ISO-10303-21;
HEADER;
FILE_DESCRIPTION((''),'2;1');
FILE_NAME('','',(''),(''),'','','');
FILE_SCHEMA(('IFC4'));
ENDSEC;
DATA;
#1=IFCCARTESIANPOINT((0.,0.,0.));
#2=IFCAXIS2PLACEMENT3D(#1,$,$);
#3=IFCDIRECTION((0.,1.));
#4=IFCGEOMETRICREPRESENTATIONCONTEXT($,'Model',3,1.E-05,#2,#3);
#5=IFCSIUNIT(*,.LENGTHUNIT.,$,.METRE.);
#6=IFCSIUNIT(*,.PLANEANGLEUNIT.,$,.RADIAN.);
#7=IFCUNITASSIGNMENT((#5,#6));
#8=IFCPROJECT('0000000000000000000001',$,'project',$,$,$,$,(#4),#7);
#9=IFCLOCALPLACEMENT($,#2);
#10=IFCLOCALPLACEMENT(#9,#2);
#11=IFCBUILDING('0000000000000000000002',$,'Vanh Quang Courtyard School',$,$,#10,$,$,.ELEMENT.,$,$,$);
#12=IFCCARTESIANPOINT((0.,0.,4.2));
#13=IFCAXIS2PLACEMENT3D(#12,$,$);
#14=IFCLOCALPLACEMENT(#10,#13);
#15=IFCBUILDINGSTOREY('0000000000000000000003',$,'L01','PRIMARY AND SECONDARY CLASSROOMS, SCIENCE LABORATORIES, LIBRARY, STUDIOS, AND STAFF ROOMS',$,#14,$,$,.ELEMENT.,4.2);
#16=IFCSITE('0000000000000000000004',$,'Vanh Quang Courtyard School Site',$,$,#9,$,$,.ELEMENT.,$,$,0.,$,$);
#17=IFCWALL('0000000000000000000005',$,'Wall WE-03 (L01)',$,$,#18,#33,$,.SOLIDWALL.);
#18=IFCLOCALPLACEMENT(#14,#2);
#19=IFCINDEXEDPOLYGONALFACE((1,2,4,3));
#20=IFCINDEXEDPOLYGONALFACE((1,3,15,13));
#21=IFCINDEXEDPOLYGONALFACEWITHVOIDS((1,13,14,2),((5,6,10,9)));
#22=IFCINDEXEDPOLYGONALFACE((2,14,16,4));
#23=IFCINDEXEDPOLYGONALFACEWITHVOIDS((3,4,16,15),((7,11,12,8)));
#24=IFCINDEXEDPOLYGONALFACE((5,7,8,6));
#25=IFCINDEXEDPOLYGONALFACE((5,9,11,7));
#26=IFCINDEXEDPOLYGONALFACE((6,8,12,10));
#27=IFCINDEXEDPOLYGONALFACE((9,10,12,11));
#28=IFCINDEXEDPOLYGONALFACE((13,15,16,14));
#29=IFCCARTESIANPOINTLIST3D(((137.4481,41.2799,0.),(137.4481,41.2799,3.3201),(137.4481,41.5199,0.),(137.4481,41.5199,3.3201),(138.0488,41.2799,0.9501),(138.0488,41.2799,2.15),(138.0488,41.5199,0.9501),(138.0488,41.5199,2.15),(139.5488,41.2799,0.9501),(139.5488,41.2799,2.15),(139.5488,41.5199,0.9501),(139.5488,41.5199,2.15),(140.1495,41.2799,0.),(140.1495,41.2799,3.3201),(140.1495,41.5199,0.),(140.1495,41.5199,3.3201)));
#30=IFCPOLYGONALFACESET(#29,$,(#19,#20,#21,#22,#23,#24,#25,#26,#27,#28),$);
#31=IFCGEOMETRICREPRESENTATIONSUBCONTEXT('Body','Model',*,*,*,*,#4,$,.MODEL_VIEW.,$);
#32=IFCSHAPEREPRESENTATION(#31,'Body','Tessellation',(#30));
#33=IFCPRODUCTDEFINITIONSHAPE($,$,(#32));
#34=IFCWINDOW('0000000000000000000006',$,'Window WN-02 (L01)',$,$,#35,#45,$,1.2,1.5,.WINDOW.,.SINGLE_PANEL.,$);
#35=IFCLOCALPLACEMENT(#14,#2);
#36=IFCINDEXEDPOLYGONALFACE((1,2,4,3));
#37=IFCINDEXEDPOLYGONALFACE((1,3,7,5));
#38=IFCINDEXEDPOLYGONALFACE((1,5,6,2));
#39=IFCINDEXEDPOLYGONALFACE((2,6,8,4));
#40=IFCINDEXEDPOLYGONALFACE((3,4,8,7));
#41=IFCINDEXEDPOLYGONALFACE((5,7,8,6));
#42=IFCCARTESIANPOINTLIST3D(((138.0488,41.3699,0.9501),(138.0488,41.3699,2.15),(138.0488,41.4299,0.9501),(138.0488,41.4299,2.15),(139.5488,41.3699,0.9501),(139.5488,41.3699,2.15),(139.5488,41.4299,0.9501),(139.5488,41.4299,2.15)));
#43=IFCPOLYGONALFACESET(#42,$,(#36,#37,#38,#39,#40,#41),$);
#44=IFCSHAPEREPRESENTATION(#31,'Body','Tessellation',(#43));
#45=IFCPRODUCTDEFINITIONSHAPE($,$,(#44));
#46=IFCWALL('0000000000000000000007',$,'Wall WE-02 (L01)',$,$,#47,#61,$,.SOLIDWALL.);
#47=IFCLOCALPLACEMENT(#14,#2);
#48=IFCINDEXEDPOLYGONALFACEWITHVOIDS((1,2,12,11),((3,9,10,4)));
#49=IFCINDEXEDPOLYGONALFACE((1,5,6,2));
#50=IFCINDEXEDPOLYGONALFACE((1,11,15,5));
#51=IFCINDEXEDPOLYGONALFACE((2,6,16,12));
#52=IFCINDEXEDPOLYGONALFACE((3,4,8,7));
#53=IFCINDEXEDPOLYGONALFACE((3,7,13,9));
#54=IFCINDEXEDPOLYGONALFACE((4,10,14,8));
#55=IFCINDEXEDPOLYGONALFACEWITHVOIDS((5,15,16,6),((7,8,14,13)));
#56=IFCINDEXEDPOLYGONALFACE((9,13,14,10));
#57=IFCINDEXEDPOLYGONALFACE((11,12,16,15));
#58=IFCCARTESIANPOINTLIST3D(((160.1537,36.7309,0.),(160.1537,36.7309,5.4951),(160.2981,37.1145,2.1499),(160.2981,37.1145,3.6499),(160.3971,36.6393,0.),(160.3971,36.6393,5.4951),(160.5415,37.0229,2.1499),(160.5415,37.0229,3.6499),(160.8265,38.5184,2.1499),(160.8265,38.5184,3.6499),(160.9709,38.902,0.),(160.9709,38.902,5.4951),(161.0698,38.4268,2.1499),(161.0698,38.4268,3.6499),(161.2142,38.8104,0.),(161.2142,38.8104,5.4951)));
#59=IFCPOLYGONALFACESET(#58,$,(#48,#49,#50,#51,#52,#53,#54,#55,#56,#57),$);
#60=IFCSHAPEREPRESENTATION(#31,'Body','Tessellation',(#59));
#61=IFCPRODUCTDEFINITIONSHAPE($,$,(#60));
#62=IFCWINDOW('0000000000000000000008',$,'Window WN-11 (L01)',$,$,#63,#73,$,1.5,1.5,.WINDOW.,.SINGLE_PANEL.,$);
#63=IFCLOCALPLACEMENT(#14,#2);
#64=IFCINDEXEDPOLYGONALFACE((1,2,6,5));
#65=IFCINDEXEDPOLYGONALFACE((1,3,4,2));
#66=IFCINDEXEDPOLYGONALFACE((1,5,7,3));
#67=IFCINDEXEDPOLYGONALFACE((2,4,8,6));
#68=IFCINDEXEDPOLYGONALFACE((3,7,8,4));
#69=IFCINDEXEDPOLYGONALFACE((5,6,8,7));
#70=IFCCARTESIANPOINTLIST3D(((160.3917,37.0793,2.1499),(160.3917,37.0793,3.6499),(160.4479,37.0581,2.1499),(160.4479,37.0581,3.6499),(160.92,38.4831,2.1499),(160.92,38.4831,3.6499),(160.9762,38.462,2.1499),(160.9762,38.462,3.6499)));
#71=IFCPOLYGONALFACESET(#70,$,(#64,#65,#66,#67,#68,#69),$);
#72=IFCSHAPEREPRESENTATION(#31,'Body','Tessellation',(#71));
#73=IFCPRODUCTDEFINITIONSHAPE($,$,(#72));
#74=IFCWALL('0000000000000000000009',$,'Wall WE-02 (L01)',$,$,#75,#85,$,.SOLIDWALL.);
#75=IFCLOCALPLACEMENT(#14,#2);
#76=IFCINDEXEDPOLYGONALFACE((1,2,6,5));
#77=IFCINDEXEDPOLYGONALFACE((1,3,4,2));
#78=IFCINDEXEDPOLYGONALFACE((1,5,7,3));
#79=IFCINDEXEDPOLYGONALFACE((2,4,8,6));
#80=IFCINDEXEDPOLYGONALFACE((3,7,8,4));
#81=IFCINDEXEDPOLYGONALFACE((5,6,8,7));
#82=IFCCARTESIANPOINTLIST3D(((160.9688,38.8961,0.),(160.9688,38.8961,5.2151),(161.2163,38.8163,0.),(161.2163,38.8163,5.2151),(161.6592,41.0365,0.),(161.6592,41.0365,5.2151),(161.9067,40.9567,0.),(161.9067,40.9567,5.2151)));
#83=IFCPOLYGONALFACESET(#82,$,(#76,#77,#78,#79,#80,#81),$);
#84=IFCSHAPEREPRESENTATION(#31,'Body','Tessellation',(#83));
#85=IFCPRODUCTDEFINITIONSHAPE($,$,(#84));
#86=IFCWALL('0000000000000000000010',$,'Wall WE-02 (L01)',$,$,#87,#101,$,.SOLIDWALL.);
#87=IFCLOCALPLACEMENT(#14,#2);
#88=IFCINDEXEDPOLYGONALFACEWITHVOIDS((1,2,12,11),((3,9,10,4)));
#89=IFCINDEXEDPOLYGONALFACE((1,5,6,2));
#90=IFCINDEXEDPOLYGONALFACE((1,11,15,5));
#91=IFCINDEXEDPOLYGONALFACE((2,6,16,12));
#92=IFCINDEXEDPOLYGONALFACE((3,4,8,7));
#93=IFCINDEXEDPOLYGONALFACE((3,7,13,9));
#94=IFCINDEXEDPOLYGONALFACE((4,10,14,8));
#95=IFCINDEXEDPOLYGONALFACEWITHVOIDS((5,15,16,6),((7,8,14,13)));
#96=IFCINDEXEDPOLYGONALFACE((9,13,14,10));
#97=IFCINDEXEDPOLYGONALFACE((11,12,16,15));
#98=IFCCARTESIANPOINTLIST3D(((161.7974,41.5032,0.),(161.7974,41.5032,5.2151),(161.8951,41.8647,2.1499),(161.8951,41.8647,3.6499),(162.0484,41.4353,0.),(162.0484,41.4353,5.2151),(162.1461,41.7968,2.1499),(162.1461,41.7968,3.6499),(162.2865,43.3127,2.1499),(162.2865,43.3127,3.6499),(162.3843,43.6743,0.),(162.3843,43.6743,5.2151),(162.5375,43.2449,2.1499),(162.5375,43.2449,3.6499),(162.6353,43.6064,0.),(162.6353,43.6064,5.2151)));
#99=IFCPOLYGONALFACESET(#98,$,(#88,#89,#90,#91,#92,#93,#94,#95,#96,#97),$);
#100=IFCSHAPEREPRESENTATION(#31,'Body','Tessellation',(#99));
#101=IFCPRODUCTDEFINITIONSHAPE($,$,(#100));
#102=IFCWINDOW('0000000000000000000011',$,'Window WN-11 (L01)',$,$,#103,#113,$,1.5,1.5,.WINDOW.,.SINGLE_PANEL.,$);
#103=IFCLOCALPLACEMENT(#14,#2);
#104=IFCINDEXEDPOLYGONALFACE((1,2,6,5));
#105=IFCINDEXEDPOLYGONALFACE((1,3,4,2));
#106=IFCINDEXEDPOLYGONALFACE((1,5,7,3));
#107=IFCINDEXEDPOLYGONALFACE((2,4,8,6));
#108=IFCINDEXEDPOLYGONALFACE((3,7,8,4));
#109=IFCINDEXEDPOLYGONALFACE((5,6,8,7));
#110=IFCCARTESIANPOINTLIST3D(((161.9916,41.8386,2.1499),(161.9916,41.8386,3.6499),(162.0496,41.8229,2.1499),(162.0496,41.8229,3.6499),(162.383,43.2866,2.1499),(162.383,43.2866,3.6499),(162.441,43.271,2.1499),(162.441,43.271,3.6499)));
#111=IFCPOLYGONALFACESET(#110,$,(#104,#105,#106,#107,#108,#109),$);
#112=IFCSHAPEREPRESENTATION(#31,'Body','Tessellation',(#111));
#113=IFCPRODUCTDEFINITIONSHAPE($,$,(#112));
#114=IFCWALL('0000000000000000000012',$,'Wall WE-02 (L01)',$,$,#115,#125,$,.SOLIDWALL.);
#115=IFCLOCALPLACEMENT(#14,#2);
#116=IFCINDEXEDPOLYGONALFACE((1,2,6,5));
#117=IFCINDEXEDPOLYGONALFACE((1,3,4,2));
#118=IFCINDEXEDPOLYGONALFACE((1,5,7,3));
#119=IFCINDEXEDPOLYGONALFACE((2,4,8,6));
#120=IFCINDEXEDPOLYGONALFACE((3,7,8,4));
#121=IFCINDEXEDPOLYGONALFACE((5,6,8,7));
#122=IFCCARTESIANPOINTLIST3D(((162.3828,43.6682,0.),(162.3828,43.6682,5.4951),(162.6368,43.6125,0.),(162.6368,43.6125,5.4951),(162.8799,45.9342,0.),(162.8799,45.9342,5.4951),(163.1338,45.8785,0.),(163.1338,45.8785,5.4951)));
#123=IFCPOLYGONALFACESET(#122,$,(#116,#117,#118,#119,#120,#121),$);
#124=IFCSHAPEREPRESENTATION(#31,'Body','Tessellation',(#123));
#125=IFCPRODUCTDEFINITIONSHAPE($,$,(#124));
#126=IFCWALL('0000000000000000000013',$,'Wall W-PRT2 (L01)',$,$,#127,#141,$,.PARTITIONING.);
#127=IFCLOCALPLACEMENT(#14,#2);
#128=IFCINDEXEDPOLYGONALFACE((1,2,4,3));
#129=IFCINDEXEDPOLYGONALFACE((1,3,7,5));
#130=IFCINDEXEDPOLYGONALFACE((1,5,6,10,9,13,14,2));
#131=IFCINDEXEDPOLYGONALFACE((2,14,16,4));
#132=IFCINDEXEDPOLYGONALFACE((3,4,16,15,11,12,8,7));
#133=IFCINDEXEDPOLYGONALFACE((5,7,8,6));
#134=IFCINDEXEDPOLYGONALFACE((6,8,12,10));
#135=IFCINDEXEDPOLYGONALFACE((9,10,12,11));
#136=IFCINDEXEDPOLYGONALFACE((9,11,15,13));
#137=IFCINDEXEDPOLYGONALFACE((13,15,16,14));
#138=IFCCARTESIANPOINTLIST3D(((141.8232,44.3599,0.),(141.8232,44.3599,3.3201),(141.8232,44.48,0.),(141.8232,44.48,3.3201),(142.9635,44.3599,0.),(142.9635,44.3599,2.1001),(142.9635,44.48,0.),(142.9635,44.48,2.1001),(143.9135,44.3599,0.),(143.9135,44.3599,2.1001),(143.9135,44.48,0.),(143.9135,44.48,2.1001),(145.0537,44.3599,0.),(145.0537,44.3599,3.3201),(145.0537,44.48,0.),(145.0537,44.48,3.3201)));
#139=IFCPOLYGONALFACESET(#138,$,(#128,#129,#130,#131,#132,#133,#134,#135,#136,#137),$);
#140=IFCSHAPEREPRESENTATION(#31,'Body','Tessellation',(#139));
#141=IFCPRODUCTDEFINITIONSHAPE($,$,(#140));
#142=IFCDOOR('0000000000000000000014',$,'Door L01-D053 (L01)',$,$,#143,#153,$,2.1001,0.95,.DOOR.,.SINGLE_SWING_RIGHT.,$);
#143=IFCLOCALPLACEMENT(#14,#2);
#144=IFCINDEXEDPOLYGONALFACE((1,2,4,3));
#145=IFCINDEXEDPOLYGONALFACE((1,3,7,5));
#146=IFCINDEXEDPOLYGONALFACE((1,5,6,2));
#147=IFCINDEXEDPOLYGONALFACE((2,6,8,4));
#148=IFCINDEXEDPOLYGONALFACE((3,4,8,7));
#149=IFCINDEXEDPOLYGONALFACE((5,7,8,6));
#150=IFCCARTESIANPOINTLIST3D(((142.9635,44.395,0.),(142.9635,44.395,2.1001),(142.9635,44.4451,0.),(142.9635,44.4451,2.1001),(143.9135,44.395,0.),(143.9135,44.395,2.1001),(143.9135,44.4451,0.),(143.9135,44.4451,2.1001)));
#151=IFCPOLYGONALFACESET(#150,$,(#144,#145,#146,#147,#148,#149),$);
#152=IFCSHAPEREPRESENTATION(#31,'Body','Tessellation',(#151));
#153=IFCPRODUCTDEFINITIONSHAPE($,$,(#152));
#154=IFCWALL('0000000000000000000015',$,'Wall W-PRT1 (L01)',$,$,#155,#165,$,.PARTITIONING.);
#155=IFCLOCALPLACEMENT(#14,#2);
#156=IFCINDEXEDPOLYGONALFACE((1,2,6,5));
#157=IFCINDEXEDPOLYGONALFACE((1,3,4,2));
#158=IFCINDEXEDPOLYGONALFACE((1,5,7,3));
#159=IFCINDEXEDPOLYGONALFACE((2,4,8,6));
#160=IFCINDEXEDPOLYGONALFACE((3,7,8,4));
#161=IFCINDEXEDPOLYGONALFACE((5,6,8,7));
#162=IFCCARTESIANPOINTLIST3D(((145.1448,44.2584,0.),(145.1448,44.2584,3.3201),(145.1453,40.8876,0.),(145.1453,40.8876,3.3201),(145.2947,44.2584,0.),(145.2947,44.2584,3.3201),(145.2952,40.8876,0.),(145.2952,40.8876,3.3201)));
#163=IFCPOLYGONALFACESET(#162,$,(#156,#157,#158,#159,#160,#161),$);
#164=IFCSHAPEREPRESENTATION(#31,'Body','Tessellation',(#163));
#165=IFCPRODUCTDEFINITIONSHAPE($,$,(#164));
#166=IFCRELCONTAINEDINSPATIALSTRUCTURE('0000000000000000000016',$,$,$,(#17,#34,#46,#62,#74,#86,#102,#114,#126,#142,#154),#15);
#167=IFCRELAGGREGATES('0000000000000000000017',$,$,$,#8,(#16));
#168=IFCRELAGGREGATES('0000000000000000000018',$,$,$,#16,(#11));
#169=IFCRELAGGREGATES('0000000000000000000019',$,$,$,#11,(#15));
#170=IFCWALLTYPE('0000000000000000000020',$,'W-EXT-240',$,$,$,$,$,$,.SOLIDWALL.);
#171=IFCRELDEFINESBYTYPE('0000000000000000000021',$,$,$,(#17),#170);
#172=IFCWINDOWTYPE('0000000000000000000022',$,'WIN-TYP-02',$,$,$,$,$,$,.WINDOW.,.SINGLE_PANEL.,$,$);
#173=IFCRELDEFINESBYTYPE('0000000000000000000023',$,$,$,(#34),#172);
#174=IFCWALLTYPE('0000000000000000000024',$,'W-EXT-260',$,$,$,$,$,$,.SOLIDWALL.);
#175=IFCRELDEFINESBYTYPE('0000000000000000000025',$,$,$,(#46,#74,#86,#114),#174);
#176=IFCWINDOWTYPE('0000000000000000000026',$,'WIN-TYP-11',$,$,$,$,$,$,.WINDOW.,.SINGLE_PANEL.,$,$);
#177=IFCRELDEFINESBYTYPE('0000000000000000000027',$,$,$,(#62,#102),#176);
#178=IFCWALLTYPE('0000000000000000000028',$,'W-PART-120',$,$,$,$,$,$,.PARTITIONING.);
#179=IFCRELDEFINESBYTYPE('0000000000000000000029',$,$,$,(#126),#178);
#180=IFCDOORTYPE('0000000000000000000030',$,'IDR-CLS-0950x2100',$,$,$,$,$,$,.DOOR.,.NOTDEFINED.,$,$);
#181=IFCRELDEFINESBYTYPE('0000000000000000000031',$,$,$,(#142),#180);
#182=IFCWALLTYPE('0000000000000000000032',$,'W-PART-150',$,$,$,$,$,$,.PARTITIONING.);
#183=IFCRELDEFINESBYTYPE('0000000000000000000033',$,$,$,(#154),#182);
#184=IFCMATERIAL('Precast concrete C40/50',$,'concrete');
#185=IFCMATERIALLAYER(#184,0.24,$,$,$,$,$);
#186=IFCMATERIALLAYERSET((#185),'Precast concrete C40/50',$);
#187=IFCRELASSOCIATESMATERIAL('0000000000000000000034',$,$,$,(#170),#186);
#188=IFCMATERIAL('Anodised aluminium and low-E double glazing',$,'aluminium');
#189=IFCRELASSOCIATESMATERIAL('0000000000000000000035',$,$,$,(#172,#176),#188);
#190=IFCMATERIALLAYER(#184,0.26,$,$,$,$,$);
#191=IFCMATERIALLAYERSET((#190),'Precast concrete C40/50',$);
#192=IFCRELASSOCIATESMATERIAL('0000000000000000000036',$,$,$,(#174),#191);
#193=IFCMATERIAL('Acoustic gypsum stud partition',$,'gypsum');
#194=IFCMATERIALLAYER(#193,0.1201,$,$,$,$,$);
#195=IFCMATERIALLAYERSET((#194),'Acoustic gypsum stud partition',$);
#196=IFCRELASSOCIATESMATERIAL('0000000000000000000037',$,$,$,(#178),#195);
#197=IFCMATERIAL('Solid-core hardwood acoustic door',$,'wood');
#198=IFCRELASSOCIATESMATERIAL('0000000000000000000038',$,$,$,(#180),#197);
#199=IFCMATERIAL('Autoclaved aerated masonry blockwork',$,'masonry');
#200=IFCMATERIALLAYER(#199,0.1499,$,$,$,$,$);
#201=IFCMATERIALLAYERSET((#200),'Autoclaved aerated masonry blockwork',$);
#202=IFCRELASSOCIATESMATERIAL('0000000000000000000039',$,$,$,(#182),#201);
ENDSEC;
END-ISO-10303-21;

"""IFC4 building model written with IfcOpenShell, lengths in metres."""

from ifc_helpers import new_model, si_unit, direction, frame, frame_2d, origin, place, context, subcontext, project, spatial, rectangle, extrude, material, layer, layer_set, type_object, element, fill, save


model = new_model("IFC4")

# Units and contexts
model_context = context("Model", 3, precision=1e-05, world=origin(), true_north=direction((0.0, 1.0)))
body_context = subcontext(model_context, "Body", "Model", "MODEL_VIEW")
ifc_project = project(units=[si_unit("LENGTHUNIT", "METRE"), si_unit("PLANEANGLEUNIT", "RADIAN")], contexts=[model_context])

# Site, building, storey
site_placement = place(None, origin())
site = spatial("IfcSite", under=ifc_project, at=site_placement, Name="Vanh Quang Courtyard School Site", CompositionType="ELEMENT", RefElevation=0.0)
building_placement = place(site_placement, origin())
building = spatial("IfcBuilding", under=site, at=building_placement, Name="Vanh Quang Courtyard School", CompositionType="ELEMENT")
storey_placement = place(building_placement, frame((0.0, 0.0, 4.2)))
storey = spatial("IfcBuildingStorey", under=building, at=storey_placement, Name="L01", Description="PRIMARY AND SECONDARY CLASSROOMS, SCIENCE LABORATORIES, LIBRARY, STUDIOS, AND STAFF ROOMS", CompositionType="ELEMENT", Elevation=4.2)

# Shared definitions
ifc_material_1 = material(Name="Precast concrete C40/50", Category="concrete")
ifc_layer_1 = layer(ifc_material_1, 0.24)
ifc_layer_set_1 = layer_set([ifc_layer_1], Name="Precast concrete C40/50")
wall_type_1 = type_object("IfcWallType", Name="W-EXT-240", PredefinedType="SOLIDWALL", material=ifc_layer_set_1)

# Walls, openings, windows
wall_1_placement = place(storey_placement, frame((140.1494, 41.3999, 0.0), z_axis=(0.0, 0.0, 1.0), x_axis=(-1.0, 0.0, 0.0)))
wall_1 = element("IfcWall", 1, at=wall_1_placement, inside=storey, type_object=wall_type_1, Name="Wall WE-03 (L01)", PredefinedType="SOLIDWALL", context=body_context, shape_type="SweptSolid", body=[
    extrude(rectangle(XDim=2.7014, YDim=0.24, at=frame_2d((1.3506, 0.0))), origin(), (0.0, 0.0, 1.0), 3.3201),
])
opening_1_placement = place(wall_1_placement, frame((0.6006, 0.0, 0.95)))
opening_1 = element("IfcOpeningElement", 2, at=opening_1_placement, cuts=wall_1, PredefinedType="OPENING", context=body_context, shape_type="SweptSolid", body=[
    extrude(rectangle(XDim=1.5, YDim=1.2, at=frame_2d((0.75, 0.6001))), frame((0.0, 0.1299, 0.0), z_axis=(0.0, -1.0, 0.0), x_axis=(1.0, 0.0, 0.0)), (0.0, 0.0, 1.0), 0.26),
])
ifc_material_2 = material(Name="Anodised aluminium and low-E double glazing", Category="aluminium")
window_type_1 = type_object("IfcWindowType", Name="WIN-TYP-02", PartitioningType="SINGLE_PANEL", PredefinedType="WINDOW", material=ifc_material_2)
window_1_placement = place(opening_1_placement, origin())
window_1 = element("IfcWindow", 3, at=window_1_placement, inside=storey, type_object=window_type_1, Name="Window WN-02 (L01)", OverallHeight=1.2, OverallWidth=1.5, PartitioningType="SINGLE_PANEL", PredefinedType="WINDOW", context=body_context, shape_type="SweptSolid", body=[
    extrude(rectangle(XDim=1.5, YDim=1.2, at=frame_2d((0.75, 0.6001))), frame((0.0, 0.03, 0.0), z_axis=(0.0, -1.0, 0.0), x_axis=(1.0, 0.0, 0.0)), (0.0, 0.0, 1.0), 0.0601),
])
fill(opening_1, window_1)
ifc_layer_2 = layer(ifc_material_1, 0.26)
ifc_layer_set_2 = layer_set([ifc_layer_2], Name="Precast concrete C40/50")
wall_type_2 = type_object("IfcWallType", Name="W-EXT-260", PredefinedType="SOLIDWALL", material=ifc_layer_set_2)
wall_2_placement = place(storey_placement, frame((160.2754, 36.6851, 0.0), z_axis=(0.0, 0.0, 1.0), x_axis=(0.352242, 0.935909, 0.0)))
wall_2 = element("IfcWall", 4, at=wall_2_placement, inside=storey, type_object=wall_type_2, Name="Wall WE-02 (L01)", PredefinedType="SOLIDWALL", context=body_context, shape_type="SweptSolid", body=[
    extrude(rectangle(XDim=2.3198, YDim=0.26, at=frame_2d((1.1599, 0.0))), origin(), (0.0, 0.0, 1.0), 5.4951),
])
opening_2_placement = place(wall_2_placement, frame((0.4099, 0.0, 2.1499)))
opening_2 = element("IfcOpeningElement", 5, at=opening_2_placement, cuts=wall_2, PredefinedType="OPENING", context=body_context, shape_type="SweptSolid", body=[
    extrude(rectangle(XDim=1.5, YDim=1.5, at=frame_2d((0.75, 0.75))), frame((0.0, 0.1401, 0.0), z_axis=(0.0, -1.0, 0.0), x_axis=(1.0, 0.0, 0.0)), (0.0, 0.0, 1.0), 0.28),
])
window_type_2 = type_object("IfcWindowType", Name="WIN-TYP-11", PartitioningType="SINGLE_PANEL", PredefinedType="WINDOW", material=ifc_material_2)
window_2_placement = place(opening_2_placement, origin())
window_2 = element("IfcWindow", 6, at=window_2_placement, inside=storey, type_object=window_type_2, Name="Window WN-11 (L01)", OverallHeight=1.5, OverallWidth=1.5, PartitioningType="SINGLE_PANEL", PredefinedType="WINDOW", context=body_context, shape_type="SweptSolid", body=[
    extrude(rectangle(XDim=1.5, YDim=1.5, at=frame_2d((0.75, 0.75))), frame((0.0, 0.03, 0.0), z_axis=(0.0, -1.0, 0.0), x_axis=(1.0, 0.0, 0.0)), (0.0, 0.0, 1.0), 0.0601),
])
fill(opening_2, window_2)

# Wall
wall_3_placement = place(storey_placement, frame((161.0925, 38.8562, 0.0), z_axis=(0.0, 0.0, 1.0), x_axis=(0.306996, 0.951711, 0.0)))
element("IfcWall", 7, at=wall_3_placement, inside=storey, type_object=wall_type_2, Name="Wall WE-02 (L01)", PredefinedType="SOLIDWALL", context=body_context, shape_type="SweptSolid", body=[
    extrude(rectangle(XDim=2.249, YDim=0.26, at=frame_2d((1.1245, 0.0))), origin(), (0.0, 0.0, 1.0), 5.2151),
])

# Wall, opening, window
wall_4_placement = place(storey_placement, frame((161.9229, 41.4692, 0.0), z_axis=(0.0, 0.0, 1.0), x_axis=(0.260958, 0.96535, 0.0)))
wall_4 = element("IfcWall", 8, at=wall_4_placement, inside=storey, type_object=wall_type_2, Name="Wall WE-02 (L01)", PredefinedType="SOLIDWALL", context=body_context, shape_type="SweptSolid", body=[
    extrude(rectangle(XDim=2.249, YDim=0.26, at=frame_2d((1.1245, 0.0))), origin(), (0.0, 0.0, 1.0), 5.2151),
])
opening_3_placement = place(wall_4_placement, frame((0.3745, 0.0, 2.1499)))
opening_3 = element("IfcOpeningElement", 9, at=opening_3_placement, cuts=wall_4, PredefinedType="OPENING", context=body_context, shape_type="SweptSolid", body=[
    extrude(rectangle(XDim=1.5, YDim=1.5, at=frame_2d((0.75, 0.75))), frame((0.0, 0.1401, 0.0), z_axis=(0.0, -1.0, 0.0), x_axis=(1.0, 0.0, 0.0)), (0.0, 0.0, 1.0), 0.28),
])
window_3_placement = place(opening_3_placement, origin())
window_3 = element("IfcWindow", 10, at=window_3_placement, inside=storey, type_object=window_type_2, Name="Window WN-11 (L01)", OverallHeight=1.5, OverallWidth=1.5, PartitioningType="SINGLE_PANEL", PredefinedType="WINDOW", context=body_context, shape_type="SweptSolid", body=[
    extrude(rectangle(XDim=1.5, YDim=1.5, at=frame_2d((0.75, 0.75))), frame((0.0, 0.03, 0.0), z_axis=(0.0, -1.0, 0.0), x_axis=(1.0, 0.0, 0.0)), (0.0, 0.0, 1.0), 0.0601),
])
fill(opening_3, window_3)

# Wall
wall_5_placement = place(storey_placement, frame((162.5098, 43.6404, 0.0), z_axis=(0.0, 0.0, 1.0), x_axis=(0.214277, 0.976773, 0.0)))
element("IfcWall", 11, at=wall_5_placement, inside=storey, type_object=wall_type_2, Name="Wall WE-02 (L01)", PredefinedType="SOLIDWALL", context=body_context, shape_type="SweptSolid", body=[
    extrude(rectangle(XDim=2.3198, YDim=0.26, at=frame_2d((1.1599, 0.0))), origin(), (0.0, 0.0, 1.0), 5.4951),
])

# Wall, opening, door
ifc_material_3 = material(Name="Acoustic gypsum stud partition", Category="gypsum")
ifc_layer_3 = layer(ifc_material_3, 0.1201)
ifc_layer_set_3 = layer_set([ifc_layer_3], Name="Acoustic gypsum stud partition")
wall_type_3 = type_object("IfcWallType", Name="W-PART-120", PredefinedType="PARTITIONING", material=ifc_layer_set_3)
wall_6_placement = place(storey_placement, frame((145.0537, 44.4199, 0.0), z_axis=(0.0, 0.0, 1.0), x_axis=(-1.0, 0.0, 0.0)))
wall_6 = element("IfcWall", 12, at=wall_6_placement, inside=storey, type_object=wall_type_3, Name="Wall W-PRT2 (L01)", PredefinedType="PARTITIONING", context=body_context, shape_type="SweptSolid", body=[
    extrude(rectangle(XDim=3.2305, YDim=0.1201, at=frame_2d((1.6152, 0.0))), origin(), (0.0, 0.0, 1.0), 3.3201),
])
opening_4_placement = place(wall_6_placement, frame((1.1401, 0.0, 0.0)))
opening_4 = element("IfcOpeningElement", 13, at=opening_4_placement, cuts=wall_6, PredefinedType="OPENING", context=body_context, shape_type="SweptSolid", body=[
    extrude(rectangle(XDim=0.95, YDim=2.1001, at=frame_2d((0.4751, 1.05))), frame((0.0, 0.0701, 0.0), z_axis=(0.0, -1.0, 0.0), x_axis=(1.0, 0.0, 0.0)), (0.0, 0.0, 1.0), 0.1401),
])
ifc_material_4 = material(Name="Solid-core hardwood acoustic door", Category="wood")
door_type = type_object("IfcDoorType", Name="IDR-CLS-0950x2100", OperationType="NOTDEFINED", PredefinedType="DOOR", material=ifc_material_4)
door_placement = place(opening_4_placement, origin())
door = element("IfcDoor", 14, at=door_placement, inside=storey, type_object=door_type, Name="Door L01-D053 (L01)", OperationType="SINGLE_SWING_RIGHT", OverallHeight=2.1001, OverallWidth=0.95, PredefinedType="DOOR", context=body_context, shape_type="SweptSolid", body=[
    extrude(rectangle(XDim=0.95, YDim=2.1001, at=frame_2d((0.4751, 1.05))), frame((0.0, 0.0249, 0.0), z_axis=(0.0, -1.0, 0.0), x_axis=(1.0, 0.0, 0.0)), (0.0, 0.0, 1.0), 0.05),
])
fill(opening_4, door)

# Wall
ifc_material_5 = material(Name="Autoclaved aerated masonry blockwork", Category="masonry")
ifc_layer_4 = layer(ifc_material_5, 0.1499)
ifc_layer_set_4 = layer_set([ifc_layer_4], Name="Autoclaved aerated masonry blockwork")
wall_type_4 = type_object("IfcWallType", Name="W-PART-150", PredefinedType="PARTITIONING", material=ifc_layer_set_4)
wall_7_placement = place(storey_placement, frame((145.2202, 40.8875, 0.0), z_axis=(0.0, 0.0, 1.0), x_axis=(-0.000145, 1.0, 0.0)))
element("IfcWall", 15, at=wall_7_placement, inside=storey, type_object=wall_type_4, Name="Wall W-PRT1 (L01)", PredefinedType="PARTITIONING", context=body_context, shape_type="SweptSolid", body=[
    extrude(rectangle(XDim=3.3708, YDim=0.1499, at=frame_2d((1.6855, 0.0))), origin(), (0.0, 0.0, 1.0), 3.3201),
])

save(model, "model.ifc")
